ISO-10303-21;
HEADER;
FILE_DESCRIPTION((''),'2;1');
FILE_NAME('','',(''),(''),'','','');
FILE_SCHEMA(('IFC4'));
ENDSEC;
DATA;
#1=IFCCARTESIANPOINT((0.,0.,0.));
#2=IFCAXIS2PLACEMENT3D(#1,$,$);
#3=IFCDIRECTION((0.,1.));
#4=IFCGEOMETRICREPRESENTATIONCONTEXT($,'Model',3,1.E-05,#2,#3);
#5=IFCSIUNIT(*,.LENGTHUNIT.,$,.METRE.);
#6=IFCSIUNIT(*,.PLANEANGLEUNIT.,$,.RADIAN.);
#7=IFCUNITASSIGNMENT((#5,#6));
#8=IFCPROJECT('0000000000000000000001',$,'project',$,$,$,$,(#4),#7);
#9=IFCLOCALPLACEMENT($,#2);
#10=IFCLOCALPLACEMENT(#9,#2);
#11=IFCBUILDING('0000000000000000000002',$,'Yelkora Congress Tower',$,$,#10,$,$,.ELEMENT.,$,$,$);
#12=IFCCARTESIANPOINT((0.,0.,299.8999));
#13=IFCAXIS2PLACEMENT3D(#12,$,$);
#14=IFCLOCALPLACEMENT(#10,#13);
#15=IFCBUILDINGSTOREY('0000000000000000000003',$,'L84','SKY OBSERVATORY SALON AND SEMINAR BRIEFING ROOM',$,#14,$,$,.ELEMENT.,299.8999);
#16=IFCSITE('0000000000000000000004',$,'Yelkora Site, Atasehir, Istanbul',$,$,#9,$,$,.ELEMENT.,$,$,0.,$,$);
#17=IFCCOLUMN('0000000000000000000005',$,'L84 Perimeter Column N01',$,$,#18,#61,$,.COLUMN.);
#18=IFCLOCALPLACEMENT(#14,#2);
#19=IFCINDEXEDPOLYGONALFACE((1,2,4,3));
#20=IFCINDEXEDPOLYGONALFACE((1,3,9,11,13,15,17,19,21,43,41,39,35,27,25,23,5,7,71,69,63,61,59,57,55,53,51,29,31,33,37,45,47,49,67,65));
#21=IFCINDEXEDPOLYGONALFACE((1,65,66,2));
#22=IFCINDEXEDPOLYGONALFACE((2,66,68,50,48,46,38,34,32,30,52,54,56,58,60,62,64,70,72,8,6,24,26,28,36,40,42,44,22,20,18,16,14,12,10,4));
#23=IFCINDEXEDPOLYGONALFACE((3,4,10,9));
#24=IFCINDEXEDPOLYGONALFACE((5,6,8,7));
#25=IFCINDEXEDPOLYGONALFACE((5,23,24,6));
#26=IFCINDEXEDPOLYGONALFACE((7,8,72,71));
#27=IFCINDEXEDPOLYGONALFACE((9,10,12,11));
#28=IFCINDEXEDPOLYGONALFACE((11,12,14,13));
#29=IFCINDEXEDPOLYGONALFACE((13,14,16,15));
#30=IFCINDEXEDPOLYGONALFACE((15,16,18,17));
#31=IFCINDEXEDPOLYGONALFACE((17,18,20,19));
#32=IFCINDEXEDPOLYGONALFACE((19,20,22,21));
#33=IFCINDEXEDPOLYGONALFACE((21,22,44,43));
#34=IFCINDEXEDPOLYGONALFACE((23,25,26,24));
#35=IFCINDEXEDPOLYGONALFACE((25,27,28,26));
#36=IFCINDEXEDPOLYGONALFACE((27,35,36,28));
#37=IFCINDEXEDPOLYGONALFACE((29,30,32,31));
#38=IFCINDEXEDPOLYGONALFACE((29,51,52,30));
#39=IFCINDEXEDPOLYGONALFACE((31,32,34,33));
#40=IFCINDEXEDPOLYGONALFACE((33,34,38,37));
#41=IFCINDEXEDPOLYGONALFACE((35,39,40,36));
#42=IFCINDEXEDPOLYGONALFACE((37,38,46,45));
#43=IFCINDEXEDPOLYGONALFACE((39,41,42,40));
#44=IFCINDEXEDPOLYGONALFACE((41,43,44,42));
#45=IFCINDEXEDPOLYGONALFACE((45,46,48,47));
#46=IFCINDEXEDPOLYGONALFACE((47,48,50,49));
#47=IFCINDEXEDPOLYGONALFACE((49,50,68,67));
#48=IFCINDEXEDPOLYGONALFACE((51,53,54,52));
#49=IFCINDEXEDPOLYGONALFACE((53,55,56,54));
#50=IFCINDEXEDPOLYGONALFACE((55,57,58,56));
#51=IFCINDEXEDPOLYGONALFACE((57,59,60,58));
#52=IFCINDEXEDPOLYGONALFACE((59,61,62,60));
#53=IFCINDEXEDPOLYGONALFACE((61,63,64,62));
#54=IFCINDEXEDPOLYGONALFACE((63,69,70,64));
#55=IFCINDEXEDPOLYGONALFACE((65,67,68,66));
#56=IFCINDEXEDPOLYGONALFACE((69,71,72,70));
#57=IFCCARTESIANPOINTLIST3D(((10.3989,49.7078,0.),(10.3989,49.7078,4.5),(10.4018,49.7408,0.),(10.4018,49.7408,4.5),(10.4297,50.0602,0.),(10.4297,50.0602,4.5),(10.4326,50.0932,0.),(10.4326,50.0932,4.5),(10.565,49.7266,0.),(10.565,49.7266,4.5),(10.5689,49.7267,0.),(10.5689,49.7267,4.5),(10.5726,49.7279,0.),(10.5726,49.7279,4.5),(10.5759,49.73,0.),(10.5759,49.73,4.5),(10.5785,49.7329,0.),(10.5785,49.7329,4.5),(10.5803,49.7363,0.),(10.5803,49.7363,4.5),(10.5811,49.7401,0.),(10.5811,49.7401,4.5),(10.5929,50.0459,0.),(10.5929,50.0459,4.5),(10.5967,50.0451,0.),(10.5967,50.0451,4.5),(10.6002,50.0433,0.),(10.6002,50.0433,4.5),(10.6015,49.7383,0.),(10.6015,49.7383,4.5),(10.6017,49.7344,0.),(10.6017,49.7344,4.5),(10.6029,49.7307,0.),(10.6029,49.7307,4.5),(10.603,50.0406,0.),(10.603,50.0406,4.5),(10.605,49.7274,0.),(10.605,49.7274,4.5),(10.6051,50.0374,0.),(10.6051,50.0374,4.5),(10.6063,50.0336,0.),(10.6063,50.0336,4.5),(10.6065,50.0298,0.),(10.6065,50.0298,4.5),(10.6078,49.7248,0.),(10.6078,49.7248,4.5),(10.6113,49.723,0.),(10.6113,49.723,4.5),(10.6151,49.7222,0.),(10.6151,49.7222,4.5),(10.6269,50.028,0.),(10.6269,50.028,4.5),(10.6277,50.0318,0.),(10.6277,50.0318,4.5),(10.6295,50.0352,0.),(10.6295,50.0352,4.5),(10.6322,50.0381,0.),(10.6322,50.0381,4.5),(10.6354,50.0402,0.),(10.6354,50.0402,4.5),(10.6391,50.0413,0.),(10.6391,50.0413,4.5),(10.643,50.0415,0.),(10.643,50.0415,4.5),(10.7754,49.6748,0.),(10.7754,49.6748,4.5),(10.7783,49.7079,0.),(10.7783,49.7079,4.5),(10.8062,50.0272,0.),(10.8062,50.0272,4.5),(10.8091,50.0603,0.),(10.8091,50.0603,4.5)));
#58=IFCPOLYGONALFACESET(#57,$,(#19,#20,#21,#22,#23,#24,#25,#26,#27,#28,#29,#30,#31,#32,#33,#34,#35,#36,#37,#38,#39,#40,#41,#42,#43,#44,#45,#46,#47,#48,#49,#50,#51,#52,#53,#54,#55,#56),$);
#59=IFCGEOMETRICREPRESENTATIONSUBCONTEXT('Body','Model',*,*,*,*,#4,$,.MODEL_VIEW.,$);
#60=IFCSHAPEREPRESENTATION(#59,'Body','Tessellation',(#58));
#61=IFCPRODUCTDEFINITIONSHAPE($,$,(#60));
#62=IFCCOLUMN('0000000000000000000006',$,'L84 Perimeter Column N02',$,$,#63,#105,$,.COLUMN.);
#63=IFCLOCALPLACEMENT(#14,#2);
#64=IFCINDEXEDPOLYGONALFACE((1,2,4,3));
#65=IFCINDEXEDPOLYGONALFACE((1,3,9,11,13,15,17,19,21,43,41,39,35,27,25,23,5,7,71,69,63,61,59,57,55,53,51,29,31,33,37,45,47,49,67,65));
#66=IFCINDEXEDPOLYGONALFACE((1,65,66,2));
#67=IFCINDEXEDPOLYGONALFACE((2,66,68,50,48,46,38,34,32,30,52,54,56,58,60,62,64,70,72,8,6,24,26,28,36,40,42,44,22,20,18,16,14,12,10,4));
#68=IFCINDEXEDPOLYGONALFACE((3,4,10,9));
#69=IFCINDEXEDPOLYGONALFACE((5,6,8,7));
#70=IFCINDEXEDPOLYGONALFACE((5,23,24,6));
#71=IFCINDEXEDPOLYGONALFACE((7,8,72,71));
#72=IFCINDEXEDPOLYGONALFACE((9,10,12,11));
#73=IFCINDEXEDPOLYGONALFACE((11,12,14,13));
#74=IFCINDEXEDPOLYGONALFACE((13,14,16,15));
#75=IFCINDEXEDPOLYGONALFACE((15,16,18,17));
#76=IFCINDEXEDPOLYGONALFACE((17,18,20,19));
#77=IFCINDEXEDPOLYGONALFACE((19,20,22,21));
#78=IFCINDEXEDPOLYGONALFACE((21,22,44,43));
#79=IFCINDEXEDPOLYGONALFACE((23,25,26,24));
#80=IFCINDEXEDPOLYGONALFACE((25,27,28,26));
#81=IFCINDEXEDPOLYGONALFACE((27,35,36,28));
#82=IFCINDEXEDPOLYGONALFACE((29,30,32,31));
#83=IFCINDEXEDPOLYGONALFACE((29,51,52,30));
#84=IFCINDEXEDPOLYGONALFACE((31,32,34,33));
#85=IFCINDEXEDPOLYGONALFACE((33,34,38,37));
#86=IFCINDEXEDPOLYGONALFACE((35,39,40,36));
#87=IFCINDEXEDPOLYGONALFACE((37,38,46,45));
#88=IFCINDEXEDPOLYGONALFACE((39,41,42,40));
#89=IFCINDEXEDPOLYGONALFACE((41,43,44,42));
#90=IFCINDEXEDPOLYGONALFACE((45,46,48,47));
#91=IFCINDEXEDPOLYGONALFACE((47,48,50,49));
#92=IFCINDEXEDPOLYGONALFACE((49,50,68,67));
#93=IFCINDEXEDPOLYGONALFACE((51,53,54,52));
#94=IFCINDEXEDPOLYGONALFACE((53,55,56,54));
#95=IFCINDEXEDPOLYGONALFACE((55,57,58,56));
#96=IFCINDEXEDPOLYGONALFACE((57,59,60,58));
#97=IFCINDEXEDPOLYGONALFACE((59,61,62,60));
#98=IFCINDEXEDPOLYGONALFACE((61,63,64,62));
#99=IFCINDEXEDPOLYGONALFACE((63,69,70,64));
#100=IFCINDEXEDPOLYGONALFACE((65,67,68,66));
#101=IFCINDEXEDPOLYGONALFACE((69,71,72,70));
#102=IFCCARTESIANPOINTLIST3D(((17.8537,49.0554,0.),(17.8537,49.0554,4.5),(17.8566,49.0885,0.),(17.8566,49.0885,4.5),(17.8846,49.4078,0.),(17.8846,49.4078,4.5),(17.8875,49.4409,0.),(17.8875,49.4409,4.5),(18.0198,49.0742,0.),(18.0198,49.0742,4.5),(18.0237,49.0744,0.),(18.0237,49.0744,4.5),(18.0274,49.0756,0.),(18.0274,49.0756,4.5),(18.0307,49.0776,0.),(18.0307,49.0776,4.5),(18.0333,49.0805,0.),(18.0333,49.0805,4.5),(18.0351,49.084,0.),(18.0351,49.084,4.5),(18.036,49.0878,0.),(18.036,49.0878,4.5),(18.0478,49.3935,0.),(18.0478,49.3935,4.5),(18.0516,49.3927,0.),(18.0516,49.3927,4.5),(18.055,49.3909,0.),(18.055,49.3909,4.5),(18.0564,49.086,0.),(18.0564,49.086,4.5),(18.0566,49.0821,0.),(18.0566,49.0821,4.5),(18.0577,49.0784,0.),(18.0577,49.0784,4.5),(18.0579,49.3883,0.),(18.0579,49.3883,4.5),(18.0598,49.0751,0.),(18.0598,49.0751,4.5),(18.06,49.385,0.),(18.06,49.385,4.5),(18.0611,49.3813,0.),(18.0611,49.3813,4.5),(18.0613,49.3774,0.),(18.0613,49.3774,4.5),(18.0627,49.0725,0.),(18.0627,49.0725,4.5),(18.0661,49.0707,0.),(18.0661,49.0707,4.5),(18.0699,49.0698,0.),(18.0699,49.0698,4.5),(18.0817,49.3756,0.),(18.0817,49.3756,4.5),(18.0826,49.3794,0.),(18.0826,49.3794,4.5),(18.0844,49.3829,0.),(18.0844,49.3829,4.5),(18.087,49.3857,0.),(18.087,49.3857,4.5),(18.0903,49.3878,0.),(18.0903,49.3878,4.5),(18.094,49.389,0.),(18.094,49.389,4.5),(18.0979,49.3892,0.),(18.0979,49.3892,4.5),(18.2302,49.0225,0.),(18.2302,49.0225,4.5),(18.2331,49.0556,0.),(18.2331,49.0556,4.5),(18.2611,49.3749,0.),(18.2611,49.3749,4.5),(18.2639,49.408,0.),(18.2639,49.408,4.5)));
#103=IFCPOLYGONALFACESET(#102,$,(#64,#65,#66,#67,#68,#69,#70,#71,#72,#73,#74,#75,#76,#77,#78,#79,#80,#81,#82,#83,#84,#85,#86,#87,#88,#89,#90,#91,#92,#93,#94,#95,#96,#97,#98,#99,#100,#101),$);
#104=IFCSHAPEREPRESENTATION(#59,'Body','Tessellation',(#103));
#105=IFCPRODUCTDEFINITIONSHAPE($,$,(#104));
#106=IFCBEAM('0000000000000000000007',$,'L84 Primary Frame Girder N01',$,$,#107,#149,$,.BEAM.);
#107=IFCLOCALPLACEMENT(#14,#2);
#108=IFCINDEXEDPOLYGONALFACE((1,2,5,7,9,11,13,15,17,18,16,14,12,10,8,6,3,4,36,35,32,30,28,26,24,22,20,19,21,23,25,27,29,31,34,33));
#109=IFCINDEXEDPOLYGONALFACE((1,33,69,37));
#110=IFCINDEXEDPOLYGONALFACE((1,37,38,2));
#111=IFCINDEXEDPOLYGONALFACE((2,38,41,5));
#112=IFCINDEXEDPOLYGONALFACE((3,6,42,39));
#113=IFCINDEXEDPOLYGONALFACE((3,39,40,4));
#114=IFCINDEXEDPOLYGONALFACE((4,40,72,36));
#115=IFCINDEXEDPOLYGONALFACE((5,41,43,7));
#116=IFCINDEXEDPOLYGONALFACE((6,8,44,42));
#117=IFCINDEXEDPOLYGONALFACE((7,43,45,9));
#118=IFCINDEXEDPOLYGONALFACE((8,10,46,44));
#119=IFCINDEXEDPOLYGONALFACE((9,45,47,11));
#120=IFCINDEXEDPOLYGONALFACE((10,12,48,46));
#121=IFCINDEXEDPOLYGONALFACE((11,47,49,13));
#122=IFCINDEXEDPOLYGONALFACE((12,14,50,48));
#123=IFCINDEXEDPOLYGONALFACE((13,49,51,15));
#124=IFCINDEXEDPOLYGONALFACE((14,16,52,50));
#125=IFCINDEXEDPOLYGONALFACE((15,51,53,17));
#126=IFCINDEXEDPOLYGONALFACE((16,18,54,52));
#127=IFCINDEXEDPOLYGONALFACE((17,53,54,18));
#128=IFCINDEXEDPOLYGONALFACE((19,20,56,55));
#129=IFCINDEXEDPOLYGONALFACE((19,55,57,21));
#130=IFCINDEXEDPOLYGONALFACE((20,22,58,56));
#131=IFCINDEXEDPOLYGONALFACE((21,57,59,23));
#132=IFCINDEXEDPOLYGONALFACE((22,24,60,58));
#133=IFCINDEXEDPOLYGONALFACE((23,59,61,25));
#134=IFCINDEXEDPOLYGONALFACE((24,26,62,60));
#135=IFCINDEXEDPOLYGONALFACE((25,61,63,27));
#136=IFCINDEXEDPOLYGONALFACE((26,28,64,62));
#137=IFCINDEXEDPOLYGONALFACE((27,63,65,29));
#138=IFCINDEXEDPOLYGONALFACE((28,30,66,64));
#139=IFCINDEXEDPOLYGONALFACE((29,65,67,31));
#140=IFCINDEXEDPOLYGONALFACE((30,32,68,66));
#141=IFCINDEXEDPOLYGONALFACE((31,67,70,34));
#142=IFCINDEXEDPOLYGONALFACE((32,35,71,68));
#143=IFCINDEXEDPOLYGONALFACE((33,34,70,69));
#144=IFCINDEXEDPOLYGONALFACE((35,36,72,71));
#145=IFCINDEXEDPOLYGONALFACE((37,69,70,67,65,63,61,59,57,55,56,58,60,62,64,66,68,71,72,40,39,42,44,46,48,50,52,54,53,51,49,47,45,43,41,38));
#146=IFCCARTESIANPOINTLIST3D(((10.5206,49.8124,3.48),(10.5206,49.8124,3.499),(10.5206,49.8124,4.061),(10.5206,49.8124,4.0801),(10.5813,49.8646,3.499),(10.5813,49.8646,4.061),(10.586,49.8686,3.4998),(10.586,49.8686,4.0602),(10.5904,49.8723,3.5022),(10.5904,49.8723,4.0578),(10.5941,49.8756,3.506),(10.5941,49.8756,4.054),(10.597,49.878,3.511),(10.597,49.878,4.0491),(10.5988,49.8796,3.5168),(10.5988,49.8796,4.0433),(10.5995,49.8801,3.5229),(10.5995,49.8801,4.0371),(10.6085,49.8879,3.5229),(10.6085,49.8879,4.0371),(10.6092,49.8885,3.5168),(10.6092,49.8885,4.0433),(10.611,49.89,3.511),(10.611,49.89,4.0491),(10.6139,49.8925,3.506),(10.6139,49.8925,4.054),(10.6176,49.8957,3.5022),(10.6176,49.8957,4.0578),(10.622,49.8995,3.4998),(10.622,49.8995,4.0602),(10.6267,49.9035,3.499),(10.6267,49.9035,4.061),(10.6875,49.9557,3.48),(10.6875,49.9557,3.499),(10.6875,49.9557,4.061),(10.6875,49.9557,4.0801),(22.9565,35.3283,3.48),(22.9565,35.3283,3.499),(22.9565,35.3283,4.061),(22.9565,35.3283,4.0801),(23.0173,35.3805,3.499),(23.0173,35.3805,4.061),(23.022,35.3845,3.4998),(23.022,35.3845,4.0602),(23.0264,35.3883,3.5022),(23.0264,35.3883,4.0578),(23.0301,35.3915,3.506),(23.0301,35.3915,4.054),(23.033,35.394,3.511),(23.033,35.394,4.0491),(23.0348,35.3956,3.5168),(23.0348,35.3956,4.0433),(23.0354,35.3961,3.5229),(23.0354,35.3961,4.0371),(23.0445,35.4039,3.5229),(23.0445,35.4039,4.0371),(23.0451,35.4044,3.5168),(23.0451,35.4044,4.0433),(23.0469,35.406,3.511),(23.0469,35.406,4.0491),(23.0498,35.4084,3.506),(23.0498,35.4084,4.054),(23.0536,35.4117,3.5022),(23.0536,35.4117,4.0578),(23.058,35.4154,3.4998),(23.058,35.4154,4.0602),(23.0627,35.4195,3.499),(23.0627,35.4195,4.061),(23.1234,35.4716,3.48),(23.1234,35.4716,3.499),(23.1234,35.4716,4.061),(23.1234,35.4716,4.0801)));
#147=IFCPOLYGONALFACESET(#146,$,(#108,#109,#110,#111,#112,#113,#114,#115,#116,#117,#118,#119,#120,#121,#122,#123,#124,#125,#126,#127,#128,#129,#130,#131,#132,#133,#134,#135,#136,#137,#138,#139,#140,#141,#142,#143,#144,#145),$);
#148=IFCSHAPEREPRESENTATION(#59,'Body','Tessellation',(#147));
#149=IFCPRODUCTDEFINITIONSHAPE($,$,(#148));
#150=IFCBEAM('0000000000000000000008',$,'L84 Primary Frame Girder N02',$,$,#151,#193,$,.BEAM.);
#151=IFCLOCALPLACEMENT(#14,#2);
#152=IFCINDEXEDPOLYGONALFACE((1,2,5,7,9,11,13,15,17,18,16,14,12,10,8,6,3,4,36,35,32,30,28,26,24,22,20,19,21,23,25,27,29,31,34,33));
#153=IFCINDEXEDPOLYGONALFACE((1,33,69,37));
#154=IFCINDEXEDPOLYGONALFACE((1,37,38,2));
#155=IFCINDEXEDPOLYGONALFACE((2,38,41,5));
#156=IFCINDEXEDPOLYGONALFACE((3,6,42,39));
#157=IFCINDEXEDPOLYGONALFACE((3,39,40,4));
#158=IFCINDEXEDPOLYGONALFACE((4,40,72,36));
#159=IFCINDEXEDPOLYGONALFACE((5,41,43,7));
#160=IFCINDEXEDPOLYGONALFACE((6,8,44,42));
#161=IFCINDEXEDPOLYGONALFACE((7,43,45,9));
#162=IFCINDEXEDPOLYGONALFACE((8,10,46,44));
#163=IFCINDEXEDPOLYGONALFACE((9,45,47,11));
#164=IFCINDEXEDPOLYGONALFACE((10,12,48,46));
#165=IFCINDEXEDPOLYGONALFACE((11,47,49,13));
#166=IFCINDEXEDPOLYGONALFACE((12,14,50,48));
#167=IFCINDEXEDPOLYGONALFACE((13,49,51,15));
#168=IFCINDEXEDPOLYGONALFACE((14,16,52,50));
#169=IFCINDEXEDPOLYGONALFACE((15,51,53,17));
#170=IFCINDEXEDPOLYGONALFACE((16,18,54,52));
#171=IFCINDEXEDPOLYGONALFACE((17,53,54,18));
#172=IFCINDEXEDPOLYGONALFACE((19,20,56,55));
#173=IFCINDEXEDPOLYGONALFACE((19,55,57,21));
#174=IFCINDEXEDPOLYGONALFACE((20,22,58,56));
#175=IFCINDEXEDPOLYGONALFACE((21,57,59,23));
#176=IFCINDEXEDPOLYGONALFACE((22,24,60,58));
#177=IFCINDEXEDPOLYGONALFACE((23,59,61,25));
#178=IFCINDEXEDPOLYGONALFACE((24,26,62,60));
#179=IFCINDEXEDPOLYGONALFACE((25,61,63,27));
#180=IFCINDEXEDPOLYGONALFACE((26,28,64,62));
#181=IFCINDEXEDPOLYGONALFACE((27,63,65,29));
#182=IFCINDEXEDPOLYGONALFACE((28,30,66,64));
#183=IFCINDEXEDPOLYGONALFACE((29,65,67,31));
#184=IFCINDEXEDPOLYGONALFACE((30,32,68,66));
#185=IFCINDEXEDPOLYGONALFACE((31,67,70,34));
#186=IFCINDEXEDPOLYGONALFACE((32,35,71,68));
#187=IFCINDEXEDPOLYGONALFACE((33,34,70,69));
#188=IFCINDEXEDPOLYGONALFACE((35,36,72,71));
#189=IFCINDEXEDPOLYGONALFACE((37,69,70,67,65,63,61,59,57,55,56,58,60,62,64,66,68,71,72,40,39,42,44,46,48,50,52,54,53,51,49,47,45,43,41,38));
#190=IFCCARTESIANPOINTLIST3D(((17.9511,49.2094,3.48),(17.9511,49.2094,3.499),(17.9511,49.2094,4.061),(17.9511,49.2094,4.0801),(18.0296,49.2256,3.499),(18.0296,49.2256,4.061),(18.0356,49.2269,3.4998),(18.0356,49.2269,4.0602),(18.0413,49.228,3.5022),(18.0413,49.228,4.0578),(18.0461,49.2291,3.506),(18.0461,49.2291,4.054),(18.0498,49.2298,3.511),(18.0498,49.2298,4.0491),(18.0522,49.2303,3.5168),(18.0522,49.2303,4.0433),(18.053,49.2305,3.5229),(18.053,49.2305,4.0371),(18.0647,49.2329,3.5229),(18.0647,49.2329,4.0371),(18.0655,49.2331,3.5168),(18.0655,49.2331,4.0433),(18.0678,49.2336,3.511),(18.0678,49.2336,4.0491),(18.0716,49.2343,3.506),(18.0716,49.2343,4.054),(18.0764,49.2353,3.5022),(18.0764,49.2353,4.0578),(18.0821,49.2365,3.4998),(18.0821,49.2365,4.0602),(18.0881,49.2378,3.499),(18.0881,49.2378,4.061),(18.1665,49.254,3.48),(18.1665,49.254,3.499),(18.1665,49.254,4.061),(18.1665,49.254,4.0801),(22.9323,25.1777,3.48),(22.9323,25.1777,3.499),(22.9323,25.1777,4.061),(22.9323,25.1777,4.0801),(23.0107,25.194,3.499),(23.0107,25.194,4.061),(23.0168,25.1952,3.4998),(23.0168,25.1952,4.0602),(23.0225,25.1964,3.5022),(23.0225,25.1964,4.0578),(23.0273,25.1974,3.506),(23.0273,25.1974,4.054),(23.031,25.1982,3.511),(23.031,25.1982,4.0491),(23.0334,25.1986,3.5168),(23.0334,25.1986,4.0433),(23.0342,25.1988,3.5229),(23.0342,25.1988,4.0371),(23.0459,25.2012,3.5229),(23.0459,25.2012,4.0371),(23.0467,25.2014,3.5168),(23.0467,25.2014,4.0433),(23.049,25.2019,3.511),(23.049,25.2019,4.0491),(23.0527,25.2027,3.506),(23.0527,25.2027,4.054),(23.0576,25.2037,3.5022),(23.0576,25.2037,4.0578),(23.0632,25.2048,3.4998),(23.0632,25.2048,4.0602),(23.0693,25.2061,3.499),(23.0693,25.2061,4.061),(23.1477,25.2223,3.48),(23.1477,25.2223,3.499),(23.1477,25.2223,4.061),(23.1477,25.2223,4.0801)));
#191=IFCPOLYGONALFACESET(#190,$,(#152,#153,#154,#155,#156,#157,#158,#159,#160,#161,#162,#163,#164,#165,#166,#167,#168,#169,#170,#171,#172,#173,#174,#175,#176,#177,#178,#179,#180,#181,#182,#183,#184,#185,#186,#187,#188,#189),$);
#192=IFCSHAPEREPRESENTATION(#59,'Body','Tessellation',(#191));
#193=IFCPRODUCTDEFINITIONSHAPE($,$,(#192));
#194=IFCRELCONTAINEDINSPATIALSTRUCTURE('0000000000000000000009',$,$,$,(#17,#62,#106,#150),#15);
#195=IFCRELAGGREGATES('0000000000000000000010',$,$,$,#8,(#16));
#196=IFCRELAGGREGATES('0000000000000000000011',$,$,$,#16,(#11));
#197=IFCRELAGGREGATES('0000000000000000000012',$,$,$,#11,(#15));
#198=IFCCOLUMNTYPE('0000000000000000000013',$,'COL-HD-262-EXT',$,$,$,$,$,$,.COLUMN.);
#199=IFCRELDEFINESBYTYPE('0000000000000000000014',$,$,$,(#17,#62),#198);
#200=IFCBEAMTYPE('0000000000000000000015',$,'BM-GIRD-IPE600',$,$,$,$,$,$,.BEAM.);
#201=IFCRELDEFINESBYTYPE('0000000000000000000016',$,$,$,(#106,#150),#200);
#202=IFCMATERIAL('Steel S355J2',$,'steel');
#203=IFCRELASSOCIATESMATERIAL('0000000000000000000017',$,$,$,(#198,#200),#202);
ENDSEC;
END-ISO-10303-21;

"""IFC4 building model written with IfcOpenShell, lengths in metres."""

from ifc_helpers import new_model, si_unit, direction, frame, origin, origin_2d, place, context, subcontext, project, spatial, i_section, extrude, material, material_profile, profile_set, type_object, element, save


model = new_model("IFC4")

# Units and contexts
model_context = context("Model", 3, precision=1e-05, world=origin(), true_north=direction((0.0, 1.0)))
body_context = subcontext(model_context, "Body", "Model", "MODEL_VIEW")
ifc_project = project(units=[si_unit("LENGTHUNIT", "METRE"), si_unit("PLANEANGLEUNIT", "RADIAN")], contexts=[model_context])

# Site, building, storey
site_placement = place(None, origin())
site = spatial("IfcSite", under=ifc_project, at=site_placement, Name="Yelkora Site, Atasehir, Istanbul", CompositionType="ELEMENT", RefElevation=0.0)
building_placement = place(site_placement, origin())
building = spatial("IfcBuilding", under=site, at=building_placement, Name="Yelkora Congress Tower", CompositionType="ELEMENT")
storey_placement = place(building_placement, frame((0.0, 0.0, 299.8999)))
storey = spatial("IfcBuildingStorey", under=building, at=storey_placement, Name="L84", Description="SKY OBSERVATORY SALON AND SEMINAR BRIEFING ROOM", CompositionType="ELEMENT", Elevation=299.8999)

# Columns
ifc_material_1 = material(Name="Steel S355J2", Category="steel")
ifc_material_profile_1 = material_profile(ifc_material_1, i_section(OverallWidth=0.3779, OverallDepth=0.387, WebThickness=0.0205, FlangeThickness=0.0332, FilletRadius=0.0149, at=origin_2d()), Name="HD 360x262")
ifc_profile_set_1 = profile_set([ifc_material_profile_1], Name="Steel S355J2")
column_type = type_object("IfcColumnType", Name="COL-HD-262-EXT", PredefinedType="COLUMN", material=ifc_profile_set_1)
for number, where, z_axis, x_axis, name in (
    (1, (10.604, 49.884, 0.0), (0.0, 0.0, 1.0), (0.996195, -0.087156, 0.0), "L84 Perimeter Column N01"),
    (2, (18.0588, 49.2317, 0.0), (0.0, 0.0, 1.0), (0.996195, -0.087156, 0.0), "L84 Perimeter Column N02"),
):
    element("IfcColumn", number, at=place(storey_placement, frame(where, z_axis=z_axis, x_axis=x_axis)), inside=storey, type_object=column_type, Name=name, PredefinedType="COLUMN", context=body_context, shape_type="SweptSolid", body=[
        extrude(i_section(OverallWidth=0.3779, OverallDepth=0.387, WebThickness=0.0205, FlangeThickness=0.0332, FilletRadius=0.0149, at=origin_2d()), origin(), (0.0, 0.0, 1.0), 4.5),
    ])

# Beams
ifc_material_profile_2 = material_profile(ifc_material_1, i_section(OverallWidth=0.22, OverallDepth=0.6001, WebThickness=0.012, FlangeThickness=0.019, FilletRadius=0.0239, at=origin_2d()), Name="IPE 600")
ifc_profile_set_2 = profile_set([ifc_material_profile_2], Name="Steel S355J2")
beam_type_1 = type_object("IfcBeamType", Name="BM-GIRD-IPE600", PredefinedType="BEAM", material=ifc_profile_set_2)
beam_1_placement = place(storey_placement, frame((10.604, 49.884, 3.78), z_axis=(0.651427, -0.758711, 0.0), x_axis=(0.758711, 0.651427, 0.0)))
element("IfcBeam", 3, at=beam_1_placement, inside=storey, type_object=beam_type_1, Name="L84 Primary Frame Girder N01", PredefinedType="BEAM", context=body_context, shape_type="SweptSolid", body=[
    extrude(i_section(OverallWidth=0.22, OverallDepth=0.6001, WebThickness=0.012, FlangeThickness=0.019, FilletRadius=0.0239, at=origin_2d()), origin(), (0.0, 0.0, 1.0), 19.0903),
])
beam_2_placement = place(storey_placement, frame((18.0588, 49.2317, 3.78), z_axis=(0.202962, -0.979187, 0.0), x_axis=(0.979187, 0.202962, 0.0)))
element("IfcBeam", 4, at=beam_2_placement, inside=storey, type_object=beam_type_1, Name="L84 Primary Frame Girder N02", PredefinedType="BEAM", context=body_context, shape_type="SweptSolid", body=[
    extrude(i_section(OverallWidth=0.22, OverallDepth=0.6001, WebThickness=0.012, FlangeThickness=0.019, FilletRadius=0.0239, at=origin_2d()), origin(), (0.0, 0.0, 1.0), 24.5425),
])

save(model, "model.ifc")
